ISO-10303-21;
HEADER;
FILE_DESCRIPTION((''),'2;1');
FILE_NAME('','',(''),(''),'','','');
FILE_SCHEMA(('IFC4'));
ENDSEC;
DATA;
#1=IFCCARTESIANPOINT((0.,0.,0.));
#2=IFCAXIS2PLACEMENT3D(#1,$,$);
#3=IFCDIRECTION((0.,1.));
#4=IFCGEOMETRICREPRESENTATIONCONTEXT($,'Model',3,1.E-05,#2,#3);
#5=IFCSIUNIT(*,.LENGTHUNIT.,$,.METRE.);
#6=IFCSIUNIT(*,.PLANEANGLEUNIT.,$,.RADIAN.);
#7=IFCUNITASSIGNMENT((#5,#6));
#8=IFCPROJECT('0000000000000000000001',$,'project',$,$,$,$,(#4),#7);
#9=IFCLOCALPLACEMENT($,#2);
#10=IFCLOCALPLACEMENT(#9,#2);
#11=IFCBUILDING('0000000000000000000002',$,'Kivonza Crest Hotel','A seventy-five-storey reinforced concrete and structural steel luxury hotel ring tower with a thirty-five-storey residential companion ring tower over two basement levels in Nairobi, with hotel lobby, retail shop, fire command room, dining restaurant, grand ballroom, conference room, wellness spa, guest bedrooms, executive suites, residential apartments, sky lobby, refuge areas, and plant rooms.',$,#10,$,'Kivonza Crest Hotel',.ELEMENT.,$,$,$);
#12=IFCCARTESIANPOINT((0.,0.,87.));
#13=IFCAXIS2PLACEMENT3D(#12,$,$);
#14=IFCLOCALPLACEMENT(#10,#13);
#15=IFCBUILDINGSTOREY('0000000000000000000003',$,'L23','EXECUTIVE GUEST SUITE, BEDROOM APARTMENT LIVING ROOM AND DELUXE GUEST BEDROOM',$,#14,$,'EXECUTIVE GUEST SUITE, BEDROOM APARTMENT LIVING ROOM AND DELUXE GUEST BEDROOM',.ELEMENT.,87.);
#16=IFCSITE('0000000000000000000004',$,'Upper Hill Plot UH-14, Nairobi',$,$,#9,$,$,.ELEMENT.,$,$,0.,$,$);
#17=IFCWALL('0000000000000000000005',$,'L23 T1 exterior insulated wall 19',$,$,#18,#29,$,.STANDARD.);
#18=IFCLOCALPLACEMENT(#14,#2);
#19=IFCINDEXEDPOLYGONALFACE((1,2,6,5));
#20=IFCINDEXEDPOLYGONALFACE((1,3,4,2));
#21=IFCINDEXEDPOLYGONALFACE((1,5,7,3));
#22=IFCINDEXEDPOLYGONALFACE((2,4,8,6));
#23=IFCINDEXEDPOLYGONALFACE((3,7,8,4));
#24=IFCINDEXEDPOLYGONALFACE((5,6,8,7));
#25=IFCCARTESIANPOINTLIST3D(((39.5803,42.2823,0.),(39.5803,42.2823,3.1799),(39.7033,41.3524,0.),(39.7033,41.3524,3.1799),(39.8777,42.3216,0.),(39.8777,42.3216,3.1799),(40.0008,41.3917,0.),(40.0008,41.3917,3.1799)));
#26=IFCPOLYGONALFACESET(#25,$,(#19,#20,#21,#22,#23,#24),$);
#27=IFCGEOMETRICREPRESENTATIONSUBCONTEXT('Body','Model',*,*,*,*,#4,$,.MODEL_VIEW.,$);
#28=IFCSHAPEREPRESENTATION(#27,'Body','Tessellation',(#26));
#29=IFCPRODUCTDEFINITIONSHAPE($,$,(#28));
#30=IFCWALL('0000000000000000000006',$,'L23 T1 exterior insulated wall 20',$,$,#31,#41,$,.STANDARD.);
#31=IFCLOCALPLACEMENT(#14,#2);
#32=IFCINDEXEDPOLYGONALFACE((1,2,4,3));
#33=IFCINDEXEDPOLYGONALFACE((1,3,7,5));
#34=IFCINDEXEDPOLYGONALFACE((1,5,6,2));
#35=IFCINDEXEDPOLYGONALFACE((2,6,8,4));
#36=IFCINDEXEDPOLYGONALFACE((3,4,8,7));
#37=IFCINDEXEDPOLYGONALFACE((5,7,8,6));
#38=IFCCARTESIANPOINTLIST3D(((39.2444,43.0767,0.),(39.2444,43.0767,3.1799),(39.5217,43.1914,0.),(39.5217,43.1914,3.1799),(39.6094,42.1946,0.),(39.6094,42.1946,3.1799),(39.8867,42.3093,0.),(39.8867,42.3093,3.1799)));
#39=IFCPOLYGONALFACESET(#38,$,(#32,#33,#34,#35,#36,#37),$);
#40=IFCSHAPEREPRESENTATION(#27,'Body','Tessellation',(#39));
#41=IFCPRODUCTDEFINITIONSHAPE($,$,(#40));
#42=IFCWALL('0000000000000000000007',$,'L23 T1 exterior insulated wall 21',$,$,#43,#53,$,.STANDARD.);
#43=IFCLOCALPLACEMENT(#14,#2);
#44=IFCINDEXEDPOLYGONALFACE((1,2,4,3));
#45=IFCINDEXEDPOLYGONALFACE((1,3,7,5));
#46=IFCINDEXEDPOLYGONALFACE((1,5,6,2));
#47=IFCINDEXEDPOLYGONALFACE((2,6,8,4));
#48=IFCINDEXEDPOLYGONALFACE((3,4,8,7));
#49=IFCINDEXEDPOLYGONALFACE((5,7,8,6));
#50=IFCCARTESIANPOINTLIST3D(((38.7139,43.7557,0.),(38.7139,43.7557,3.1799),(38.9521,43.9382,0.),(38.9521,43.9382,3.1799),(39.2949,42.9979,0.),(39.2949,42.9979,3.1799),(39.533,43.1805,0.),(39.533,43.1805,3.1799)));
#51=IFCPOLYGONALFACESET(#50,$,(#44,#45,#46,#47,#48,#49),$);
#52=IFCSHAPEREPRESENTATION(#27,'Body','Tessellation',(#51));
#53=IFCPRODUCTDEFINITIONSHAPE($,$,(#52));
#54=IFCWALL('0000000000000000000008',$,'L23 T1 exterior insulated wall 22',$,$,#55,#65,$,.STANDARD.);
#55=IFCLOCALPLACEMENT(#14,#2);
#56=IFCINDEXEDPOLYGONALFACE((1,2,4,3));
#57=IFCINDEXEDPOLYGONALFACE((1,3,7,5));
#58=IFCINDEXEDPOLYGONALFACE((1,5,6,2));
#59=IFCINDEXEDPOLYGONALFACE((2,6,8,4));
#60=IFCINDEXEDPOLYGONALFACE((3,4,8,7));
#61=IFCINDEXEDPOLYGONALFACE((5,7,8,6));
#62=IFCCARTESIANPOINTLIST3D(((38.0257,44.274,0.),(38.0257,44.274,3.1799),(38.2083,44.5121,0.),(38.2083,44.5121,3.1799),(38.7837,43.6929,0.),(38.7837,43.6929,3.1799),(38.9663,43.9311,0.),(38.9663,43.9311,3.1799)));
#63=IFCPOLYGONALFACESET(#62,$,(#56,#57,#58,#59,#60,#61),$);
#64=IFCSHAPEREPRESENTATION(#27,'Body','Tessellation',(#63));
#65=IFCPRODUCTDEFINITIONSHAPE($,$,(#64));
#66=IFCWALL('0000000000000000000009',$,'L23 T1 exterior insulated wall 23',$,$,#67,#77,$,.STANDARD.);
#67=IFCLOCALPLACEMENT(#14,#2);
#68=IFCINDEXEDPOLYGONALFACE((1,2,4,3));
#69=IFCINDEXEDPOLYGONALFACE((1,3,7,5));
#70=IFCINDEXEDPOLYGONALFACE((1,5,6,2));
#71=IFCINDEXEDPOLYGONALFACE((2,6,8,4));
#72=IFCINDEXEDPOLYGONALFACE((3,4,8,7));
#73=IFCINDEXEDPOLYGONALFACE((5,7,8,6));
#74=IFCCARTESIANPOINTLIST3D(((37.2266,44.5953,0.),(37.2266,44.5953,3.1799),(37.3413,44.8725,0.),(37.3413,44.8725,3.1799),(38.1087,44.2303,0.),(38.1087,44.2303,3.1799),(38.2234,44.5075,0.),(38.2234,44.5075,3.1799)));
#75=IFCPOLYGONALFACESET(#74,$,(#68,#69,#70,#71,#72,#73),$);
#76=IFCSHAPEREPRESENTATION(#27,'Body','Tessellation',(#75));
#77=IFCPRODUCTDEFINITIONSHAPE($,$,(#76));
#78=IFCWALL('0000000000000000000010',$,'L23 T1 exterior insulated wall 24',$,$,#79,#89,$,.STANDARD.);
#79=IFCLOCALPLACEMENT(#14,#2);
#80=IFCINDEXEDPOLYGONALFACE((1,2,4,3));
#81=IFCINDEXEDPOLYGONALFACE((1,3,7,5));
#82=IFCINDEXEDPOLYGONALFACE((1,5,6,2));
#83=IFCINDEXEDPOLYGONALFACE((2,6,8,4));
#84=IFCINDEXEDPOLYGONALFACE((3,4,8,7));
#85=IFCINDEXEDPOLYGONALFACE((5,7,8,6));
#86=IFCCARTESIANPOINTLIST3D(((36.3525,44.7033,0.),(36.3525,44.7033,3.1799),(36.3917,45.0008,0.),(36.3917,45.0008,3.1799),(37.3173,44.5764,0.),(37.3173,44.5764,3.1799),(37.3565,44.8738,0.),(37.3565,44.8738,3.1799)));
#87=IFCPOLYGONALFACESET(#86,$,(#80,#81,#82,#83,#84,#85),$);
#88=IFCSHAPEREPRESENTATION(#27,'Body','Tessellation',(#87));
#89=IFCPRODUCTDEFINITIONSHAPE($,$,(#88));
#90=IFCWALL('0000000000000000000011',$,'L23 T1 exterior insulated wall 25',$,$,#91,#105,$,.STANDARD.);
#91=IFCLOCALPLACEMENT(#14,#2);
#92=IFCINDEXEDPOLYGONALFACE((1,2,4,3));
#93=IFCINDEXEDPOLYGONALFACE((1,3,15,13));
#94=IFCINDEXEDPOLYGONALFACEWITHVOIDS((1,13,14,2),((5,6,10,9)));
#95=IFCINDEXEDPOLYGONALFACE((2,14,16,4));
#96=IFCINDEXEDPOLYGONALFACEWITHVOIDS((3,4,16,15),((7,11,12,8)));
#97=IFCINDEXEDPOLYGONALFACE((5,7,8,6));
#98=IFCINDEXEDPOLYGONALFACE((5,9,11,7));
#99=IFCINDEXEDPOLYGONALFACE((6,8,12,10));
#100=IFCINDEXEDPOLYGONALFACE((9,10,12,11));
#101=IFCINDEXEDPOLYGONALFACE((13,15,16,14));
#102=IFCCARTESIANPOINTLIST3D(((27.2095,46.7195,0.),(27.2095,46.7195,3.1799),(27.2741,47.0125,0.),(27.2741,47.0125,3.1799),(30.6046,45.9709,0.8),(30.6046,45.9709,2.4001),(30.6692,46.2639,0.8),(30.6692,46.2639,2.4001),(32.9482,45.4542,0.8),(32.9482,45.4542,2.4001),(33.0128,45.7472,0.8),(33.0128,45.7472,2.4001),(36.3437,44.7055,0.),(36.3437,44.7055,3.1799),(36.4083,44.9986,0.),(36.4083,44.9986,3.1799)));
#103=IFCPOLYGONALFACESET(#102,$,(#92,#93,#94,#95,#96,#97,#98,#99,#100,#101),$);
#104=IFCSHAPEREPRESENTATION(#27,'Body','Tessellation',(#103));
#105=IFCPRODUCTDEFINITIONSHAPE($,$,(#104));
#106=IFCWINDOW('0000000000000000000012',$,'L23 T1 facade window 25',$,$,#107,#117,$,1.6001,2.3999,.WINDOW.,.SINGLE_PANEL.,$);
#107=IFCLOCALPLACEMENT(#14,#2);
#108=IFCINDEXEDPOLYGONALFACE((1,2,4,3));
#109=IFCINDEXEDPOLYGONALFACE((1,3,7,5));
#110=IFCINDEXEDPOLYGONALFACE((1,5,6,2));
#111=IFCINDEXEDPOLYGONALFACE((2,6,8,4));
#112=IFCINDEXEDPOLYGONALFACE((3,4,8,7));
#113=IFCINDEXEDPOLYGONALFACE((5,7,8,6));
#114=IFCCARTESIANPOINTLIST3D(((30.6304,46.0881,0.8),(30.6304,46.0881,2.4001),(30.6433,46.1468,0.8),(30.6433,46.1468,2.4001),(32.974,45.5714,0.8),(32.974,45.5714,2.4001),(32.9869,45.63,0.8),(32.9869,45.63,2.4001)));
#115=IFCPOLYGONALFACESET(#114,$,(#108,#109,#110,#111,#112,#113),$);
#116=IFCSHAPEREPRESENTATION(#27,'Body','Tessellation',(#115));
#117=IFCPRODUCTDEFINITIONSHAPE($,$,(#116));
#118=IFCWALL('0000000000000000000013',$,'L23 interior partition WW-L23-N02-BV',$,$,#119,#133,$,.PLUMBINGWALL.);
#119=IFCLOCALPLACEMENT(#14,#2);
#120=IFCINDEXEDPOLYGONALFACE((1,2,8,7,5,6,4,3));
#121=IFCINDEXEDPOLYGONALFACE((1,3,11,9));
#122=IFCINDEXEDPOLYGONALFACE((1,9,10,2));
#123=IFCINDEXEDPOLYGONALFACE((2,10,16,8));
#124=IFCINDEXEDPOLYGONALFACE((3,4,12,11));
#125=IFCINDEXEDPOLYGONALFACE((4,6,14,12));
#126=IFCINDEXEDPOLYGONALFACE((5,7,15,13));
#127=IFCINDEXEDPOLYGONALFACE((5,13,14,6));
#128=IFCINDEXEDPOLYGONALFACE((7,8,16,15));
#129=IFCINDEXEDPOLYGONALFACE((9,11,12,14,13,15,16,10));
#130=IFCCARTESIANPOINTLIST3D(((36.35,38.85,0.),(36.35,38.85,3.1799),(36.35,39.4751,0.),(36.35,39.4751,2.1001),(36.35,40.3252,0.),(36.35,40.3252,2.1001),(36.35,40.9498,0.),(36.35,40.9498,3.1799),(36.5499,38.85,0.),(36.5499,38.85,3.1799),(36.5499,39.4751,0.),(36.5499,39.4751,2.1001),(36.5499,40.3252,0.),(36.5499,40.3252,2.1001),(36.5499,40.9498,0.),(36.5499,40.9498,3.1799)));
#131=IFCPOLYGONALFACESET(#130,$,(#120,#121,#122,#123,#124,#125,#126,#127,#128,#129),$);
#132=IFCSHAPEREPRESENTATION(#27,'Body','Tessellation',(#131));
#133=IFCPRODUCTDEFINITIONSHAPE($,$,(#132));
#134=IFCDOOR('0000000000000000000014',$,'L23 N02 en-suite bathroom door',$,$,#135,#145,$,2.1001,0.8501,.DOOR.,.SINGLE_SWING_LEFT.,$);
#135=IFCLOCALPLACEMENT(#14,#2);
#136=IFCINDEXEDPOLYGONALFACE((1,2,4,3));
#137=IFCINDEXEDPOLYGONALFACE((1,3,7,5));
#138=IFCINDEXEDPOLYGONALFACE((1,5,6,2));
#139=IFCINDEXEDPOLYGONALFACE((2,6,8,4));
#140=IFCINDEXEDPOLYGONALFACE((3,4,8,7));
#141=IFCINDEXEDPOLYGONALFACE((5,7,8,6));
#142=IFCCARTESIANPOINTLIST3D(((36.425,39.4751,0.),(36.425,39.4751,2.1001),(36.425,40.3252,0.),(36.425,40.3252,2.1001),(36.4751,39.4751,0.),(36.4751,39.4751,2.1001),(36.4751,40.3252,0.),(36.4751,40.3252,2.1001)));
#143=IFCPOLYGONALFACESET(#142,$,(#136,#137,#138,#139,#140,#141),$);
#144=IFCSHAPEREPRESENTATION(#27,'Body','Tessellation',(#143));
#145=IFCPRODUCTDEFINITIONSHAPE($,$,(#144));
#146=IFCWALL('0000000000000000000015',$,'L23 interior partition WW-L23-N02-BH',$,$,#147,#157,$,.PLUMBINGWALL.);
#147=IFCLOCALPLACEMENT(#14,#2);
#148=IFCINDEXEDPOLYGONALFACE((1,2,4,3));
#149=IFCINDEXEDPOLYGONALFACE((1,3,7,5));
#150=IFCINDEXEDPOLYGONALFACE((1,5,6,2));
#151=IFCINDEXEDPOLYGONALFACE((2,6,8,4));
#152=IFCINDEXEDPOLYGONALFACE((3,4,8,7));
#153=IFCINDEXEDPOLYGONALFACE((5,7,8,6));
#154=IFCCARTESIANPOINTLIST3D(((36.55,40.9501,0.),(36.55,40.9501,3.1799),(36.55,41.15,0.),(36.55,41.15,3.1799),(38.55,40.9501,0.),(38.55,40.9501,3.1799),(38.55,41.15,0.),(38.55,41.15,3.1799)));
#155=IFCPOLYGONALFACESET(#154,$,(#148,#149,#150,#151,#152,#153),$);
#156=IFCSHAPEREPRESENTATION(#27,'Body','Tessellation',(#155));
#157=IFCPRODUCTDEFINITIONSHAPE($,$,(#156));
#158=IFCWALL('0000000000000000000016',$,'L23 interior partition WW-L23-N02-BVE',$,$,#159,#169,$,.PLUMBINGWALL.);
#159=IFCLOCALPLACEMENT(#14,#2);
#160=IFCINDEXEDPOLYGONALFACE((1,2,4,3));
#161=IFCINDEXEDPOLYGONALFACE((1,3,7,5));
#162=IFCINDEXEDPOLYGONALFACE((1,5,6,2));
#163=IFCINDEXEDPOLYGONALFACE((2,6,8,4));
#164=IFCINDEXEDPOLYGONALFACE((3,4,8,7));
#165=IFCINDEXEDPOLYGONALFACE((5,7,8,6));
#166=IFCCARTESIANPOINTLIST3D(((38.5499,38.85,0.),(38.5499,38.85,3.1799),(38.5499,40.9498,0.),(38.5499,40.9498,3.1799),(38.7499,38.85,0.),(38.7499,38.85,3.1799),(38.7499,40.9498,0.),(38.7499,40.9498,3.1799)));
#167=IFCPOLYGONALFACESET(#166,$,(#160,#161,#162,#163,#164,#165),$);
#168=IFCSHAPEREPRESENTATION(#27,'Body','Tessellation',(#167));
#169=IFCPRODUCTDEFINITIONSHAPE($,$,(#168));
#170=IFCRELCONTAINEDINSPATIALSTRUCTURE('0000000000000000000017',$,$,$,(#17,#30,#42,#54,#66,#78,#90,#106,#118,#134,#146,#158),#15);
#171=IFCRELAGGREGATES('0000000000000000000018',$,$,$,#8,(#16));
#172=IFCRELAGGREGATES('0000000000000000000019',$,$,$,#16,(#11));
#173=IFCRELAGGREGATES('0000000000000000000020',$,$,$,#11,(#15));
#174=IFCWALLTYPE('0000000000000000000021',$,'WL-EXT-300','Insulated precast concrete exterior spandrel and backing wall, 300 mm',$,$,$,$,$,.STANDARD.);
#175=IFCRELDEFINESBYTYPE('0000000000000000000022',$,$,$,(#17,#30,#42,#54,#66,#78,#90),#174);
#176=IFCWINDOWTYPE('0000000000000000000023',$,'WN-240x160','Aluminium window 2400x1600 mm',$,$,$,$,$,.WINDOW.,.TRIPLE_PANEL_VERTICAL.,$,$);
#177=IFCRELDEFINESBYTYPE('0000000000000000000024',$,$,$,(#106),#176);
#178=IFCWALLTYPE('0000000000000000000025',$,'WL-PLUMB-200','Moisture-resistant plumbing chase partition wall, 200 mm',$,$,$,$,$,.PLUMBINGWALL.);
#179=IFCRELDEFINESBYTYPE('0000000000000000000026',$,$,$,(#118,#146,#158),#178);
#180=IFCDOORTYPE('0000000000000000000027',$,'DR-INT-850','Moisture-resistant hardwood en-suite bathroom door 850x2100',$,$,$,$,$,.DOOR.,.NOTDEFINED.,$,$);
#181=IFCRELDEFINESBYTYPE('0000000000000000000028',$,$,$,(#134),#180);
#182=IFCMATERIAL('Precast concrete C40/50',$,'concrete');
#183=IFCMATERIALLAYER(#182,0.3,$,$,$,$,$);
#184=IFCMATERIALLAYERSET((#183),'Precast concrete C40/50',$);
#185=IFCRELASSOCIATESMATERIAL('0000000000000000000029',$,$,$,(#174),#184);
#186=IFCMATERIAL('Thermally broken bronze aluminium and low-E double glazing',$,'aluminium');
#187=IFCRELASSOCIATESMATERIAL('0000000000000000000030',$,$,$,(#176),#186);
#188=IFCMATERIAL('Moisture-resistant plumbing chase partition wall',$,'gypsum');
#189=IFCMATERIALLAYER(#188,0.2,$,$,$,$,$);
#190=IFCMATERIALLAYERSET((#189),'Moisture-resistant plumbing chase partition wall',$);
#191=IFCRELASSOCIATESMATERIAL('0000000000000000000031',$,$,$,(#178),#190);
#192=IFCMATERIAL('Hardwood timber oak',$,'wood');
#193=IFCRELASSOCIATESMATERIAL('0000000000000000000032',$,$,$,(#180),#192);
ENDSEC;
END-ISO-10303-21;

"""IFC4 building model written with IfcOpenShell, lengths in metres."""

from ifc_helpers import new_model, si_unit, direction, frame, frame_2d, origin, place, context, subcontext, project, spatial, rectangle, extrude, material, layer, layer_set, type_object, element, fill, save


model = new_model("IFC4")

# Units and contexts
model_context = context("Model", 3, precision=1e-05, world=origin(), true_north=direction((0.0, 1.0)))
body_context = subcontext(model_context, "Body", "Model", "MODEL_VIEW")
ifc_project = project(units=[si_unit("LENGTHUNIT", "METRE"), si_unit("PLANEANGLEUNIT", "RADIAN")], contexts=[model_context])

# Site, building, storey
site_placement = place(None, origin())
site = spatial("IfcSite", under=ifc_project, at=site_placement, Name="Upper Hill Plot UH-14, Nairobi", CompositionType="ELEMENT", RefElevation=0.0)
building_placement = place(site_placement, origin())
building = spatial("IfcBuilding", under=site, at=building_placement, Name="Kivonza Crest Hotel", Description="A seventy-five-storey reinforced concrete and structural steel luxury hotel ring tower with a thirty-five-storey residential companion ring tower over two basement levels in Nairobi, with hotel lobby, retail shop, fire command room, dining restaurant, grand ballroom, conference room, wellness spa, guest bedrooms, executive suites, residential apartments, sky lobby, refuge areas, and plant rooms.", LongName="Kivonza Crest Hotel", CompositionType="ELEMENT")
storey_placement = place(building_placement, frame((0.0, 0.0, 87.0)))
storey = spatial("IfcBuildingStorey", under=building, at=storey_placement, Name="L23", Description="EXECUTIVE GUEST SUITE, BEDROOM APARTMENT LIVING ROOM AND DELUXE GUEST BEDROOM", LongName="EXECUTIVE GUEST SUITE, BEDROOM APARTMENT LIVING ROOM AND DELUXE GUEST BEDROOM", CompositionType="ELEMENT", Elevation=87.0)

# Shared definitions
ifc_material_1 = material(Name="Hardwood timber oak", Category="wood")

# Walls
ifc_material_2 = material(Name="Precast concrete C40/50", Category="concrete")
ifc_layer_1 = layer(ifc_material_2, 0.3)
ifc_layer_set_1 = layer_set([ifc_layer_1], Name="Precast concrete C40/50")
wall_type_1 = type_object("IfcWallType", Name="WL-EXT-300", Description="Insulated precast concrete exterior spandrel and backing wall, 300 mm", PredefinedType="STANDARD", material=ifc_layer_set_1)
wall_1_placement = place(storey_placement, frame((39.8521, 41.3721, 0.0), z_axis=(0.0, 0.0, 1.0), x_axis=(-0.131175, 0.991359, 0.0)))
element("IfcWall", 1, at=wall_1_placement, inside=storey, type_object=wall_type_1, Name="L23 T1 exterior insulated wall 19", PredefinedType="STANDARD", context=body_context, shape_type="SweptSolid", body=[
    extrude(rectangle(XDim=0.938, YDim=0.3, at=frame_2d((0.469, 0.0))), origin(), (0.0, 0.0, 1.0), 3.1799),
])
wall_2_placement = place(storey_placement, frame((39.748, 42.252, 0.0), z_axis=(0.0, 0.0, 1.0), x_axis=(-0.382344, 0.92402, 0.0)))
element("IfcWall", 2, at=wall_2_placement, inside=storey, type_object=wall_type_1, Name="L23 T1 exterior insulated wall 20", PredefinedType="STANDARD", context=body_context, shape_type="SweptSolid", body=[
    extrude(rectangle(XDim=0.9546, YDim=0.3, at=frame_2d((0.4773, 0.0))), origin(), (0.0, 0.0, 1.0), 3.1799),
])
wall_3_placement = place(storey_placement, frame((39.4141, 43.0891, 0.0), z_axis=(0.0, 0.0, 1.0), x_axis=(-0.608474, 0.793573, 0.0)))
element("IfcWall", 3, at=wall_3_placement, inside=storey, type_object=wall_type_1, Name="L23 T1 exterior insulated wall 21", PredefinedType="STANDARD", context=body_context, shape_type="SweptSolid", body=[
    extrude(rectangle(XDim=0.9548, YDim=0.3, at=frame_2d((0.4775, 0.0))), origin(), (0.0, 0.0, 1.0), 3.1799),
])
wall_4_placement = place(storey_placement, frame((38.875, 43.812, 0.0), z_axis=(0.0, 0.0, 1.0), x_axis=(-0.793668, 0.608351, 0.0)))
element("IfcWall", 4, at=wall_4_placement, inside=storey, type_object=wall_type_1, Name="L23 T1 exterior insulated wall 22", PredefinedType="STANDARD", context=body_context, shape_type="SweptSolid", body=[
    extrude(rectangle(XDim=0.9551, YDim=0.3, at=frame_2d((0.4775, 0.0))), origin(), (0.0, 0.0, 1.0), 3.1799),
])
wall_5_placement = place(storey_placement, frame((38.166, 44.3689, 0.0), z_axis=(0.0, 0.0, 1.0), x_axis=(-0.92402, 0.382344, 0.0)))
element("IfcWall", 5, at=wall_5_placement, inside=storey, type_object=wall_type_1, Name="L23 T1 exterior insulated wall 23", PredefinedType="STANDARD", context=body_context, shape_type="SweptSolid", body=[
    extrude(rectangle(XDim=0.9546, YDim=0.3, at=frame_2d((0.4773, 0.0))), origin(), (0.0, 0.0, 1.0), 3.1799),
])
wall_6_placement = place(storey_placement, frame((37.3369, 44.7251, 0.0), z_axis=(0.0, 0.0, 1.0), x_axis=(-0.991454, 0.130455, 0.0)))
element("IfcWall", 6, at=wall_6_placement, inside=storey, type_object=wall_type_1, Name="L23 T1 exterior insulated wall 24", PredefinedType="STANDARD", context=body_context, shape_type="SweptSolid", body=[
    extrude(rectangle(XDim=0.9731, YDim=0.3, at=frame_2d((0.4866, 0.0))), origin(), (0.0, 0.0, 1.0), 3.1799),
])

# Wall, opening, window
wall_7_placement = place(storey_placement, frame((36.376, 44.8521, 0.0), z_axis=(0.0, 0.0, 1.0), x_axis=(-0.976545, 0.215313, 0.0)))
wall_7 = element("IfcWall", 7, at=wall_7_placement, inside=storey, type_object=wall_type_1, Name="L23 T1 exterior insulated wall 25", PredefinedType="STANDARD", context=body_context, shape_type="SweptSolid", body=[
    extrude(rectangle(XDim=9.3535, YDim=0.3, at=frame_2d((4.6768, 0.0))), origin(), (0.0, 0.0, 1.0), 3.1799),
])
opening_1_placement = place(wall_7_placement, frame((3.4771, 0.0, 0.8)))
opening_1 = element("IfcOpeningElement", 8, at=opening_1_placement, cuts=wall_7, PredefinedType="OPENING", context=body_context, shape_type="SweptSolid", body=[
    extrude(rectangle(XDim=2.3999, YDim=1.6001, at=frame_2d((1.2, 0.8))), frame((0.0, 0.1602, 0.0), z_axis=(0.0, -1.0, 0.0), x_axis=(1.0, 0.0, 0.0)), (0.0, 0.0, 1.0), 0.3201),
])
ifc_material_3 = material(Name="Thermally broken bronze aluminium and low-E double glazing", Category="aluminium")
window_type = type_object("IfcWindowType", Name="WN-240x160", Description="Aluminium window 2400x1600 mm", PartitioningType="TRIPLE_PANEL_VERTICAL", PredefinedType="WINDOW", material=ifc_material_3)
window_placement = place(opening_1_placement, origin())
window = element("IfcWindow", 9, at=window_placement, inside=storey, type_object=window_type, Name="L23 T1 facade window 25", OverallHeight=1.6001, OverallWidth=2.3999, PartitioningType="SINGLE_PANEL", PredefinedType="WINDOW", context=body_context, shape_type="SweptSolid", body=[
    extrude(rectangle(XDim=2.3999, YDim=1.6001, at=frame_2d((1.2, 0.8))), frame((0.0, 0.03, 0.0), z_axis=(0.0, -1.0, 0.0), x_axis=(1.0, 0.0, 0.0)), (0.0, 0.0, 1.0), 0.0601),
])
fill(opening_1, window)

# Wall, opening, door
ifc_material_4 = material(Name="Moisture-resistant plumbing chase partition wall", Category="gypsum")
ifc_layer_2 = layer(ifc_material_4, 0.2)
ifc_layer_set_2 = layer_set([ifc_layer_2], Name="Moisture-resistant plumbing chase partition wall")
wall_type_2 = type_object("IfcWallType", Name="WL-PLUMB-200", Description="Moisture-resistant plumbing chase partition wall, 200 mm", PredefinedType="PLUMBINGWALL", material=ifc_layer_set_2)
wall_8_placement = place(storey_placement, frame((36.45, 38.8501, 0.0), z_axis=(0.0, 0.0, 1.0), x_axis=(0.0, 1.0, 0.0)))
wall_8 = element("IfcWall", 10, at=wall_8_placement, inside=storey, type_object=wall_type_2, Name="L23 interior partition WW-L23-N02-BV", PredefinedType="PLUMBINGWALL", context=body_context, shape_type="SweptSolid", body=[
    extrude(rectangle(XDim=2.0999, YDim=0.2, at=frame_2d((1.0498, 0.0))), origin(), (0.0, 0.0, 1.0), 3.1799),
])
opening_2_placement = place(wall_8_placement, frame((0.625, 0.0, 0.0)))
opening_2 = element("IfcOpeningElement", 11, at=opening_2_placement, cuts=wall_8, PredefinedType="OPENING", context=body_context, shape_type="SweptSolid", body=[
    extrude(rectangle(XDim=0.8501, YDim=2.1001, at=frame_2d((0.425, 1.05))), frame((0.0, 0.1099, 0.0), z_axis=(0.0, -1.0, 0.0), x_axis=(1.0, 0.0, 0.0)), (0.0, 0.0, 1.0), 0.22),
])
door_type_1 = type_object("IfcDoorType", Name="DR-INT-850", Description="Moisture-resistant hardwood en-suite bathroom door 850x2100", OperationType="NOTDEFINED", PredefinedType="DOOR", material=ifc_material_1)
door_1_placement = place(opening_2_placement, origin())
door_1 = element("IfcDoor", 12, at=door_1_placement, inside=storey, type_object=door_type_1, Name="L23 N02 en-suite bathroom door", OperationType="SINGLE_SWING_LEFT", OverallHeight=2.1001, OverallWidth=0.8501, PredefinedType="DOOR", context=body_context, shape_type="SweptSolid", body=[
    extrude(rectangle(XDim=0.8501, YDim=2.1001, at=frame_2d((0.425, 1.05))), frame((0.0, 0.0249, 0.0), z_axis=(0.0, -1.0, 0.0), x_axis=(1.0, 0.0, 0.0)), (0.0, 0.0, 1.0), 0.05),
])
fill(opening_2, door_1)

# Walls
wall_9_placement = place(storey_placement, frame((36.55, 41.05, 0.0), z_axis=(0.0, 0.0, 1.0), x_axis=(1.0, 0.0, 0.0)))
element("IfcWall", 13, at=wall_9_placement, inside=storey, type_object=wall_type_2, Name="L23 interior partition WW-L23-N02-BH", PredefinedType="PLUMBINGWALL", context=body_context, shape_type="SweptSolid", body=[
    extrude(rectangle(XDim=2.0, YDim=0.2, at=frame_2d((1.0, 0.0))), origin(), (0.0, 0.0, 1.0), 3.1799),
])
wall_10_placement = place(storey_placement, frame((38.6499, 38.8501, 0.0), z_axis=(0.0, 0.0, 1.0), x_axis=(0.0, 1.0, 0.0)))
element("IfcWall", 14, at=wall_10_placement, inside=storey, type_object=wall_type_2, Name="L23 interior partition WW-L23-N02-BVE", PredefinedType="PLUMBINGWALL", context=body_context, shape_type="SweptSolid", body=[
    extrude(rectangle(XDim=2.0999, YDim=0.2, at=frame_2d((1.0498, 0.0))), origin(), (0.0, 0.0, 1.0), 3.1799),
])

save(model, "model.ifc")
